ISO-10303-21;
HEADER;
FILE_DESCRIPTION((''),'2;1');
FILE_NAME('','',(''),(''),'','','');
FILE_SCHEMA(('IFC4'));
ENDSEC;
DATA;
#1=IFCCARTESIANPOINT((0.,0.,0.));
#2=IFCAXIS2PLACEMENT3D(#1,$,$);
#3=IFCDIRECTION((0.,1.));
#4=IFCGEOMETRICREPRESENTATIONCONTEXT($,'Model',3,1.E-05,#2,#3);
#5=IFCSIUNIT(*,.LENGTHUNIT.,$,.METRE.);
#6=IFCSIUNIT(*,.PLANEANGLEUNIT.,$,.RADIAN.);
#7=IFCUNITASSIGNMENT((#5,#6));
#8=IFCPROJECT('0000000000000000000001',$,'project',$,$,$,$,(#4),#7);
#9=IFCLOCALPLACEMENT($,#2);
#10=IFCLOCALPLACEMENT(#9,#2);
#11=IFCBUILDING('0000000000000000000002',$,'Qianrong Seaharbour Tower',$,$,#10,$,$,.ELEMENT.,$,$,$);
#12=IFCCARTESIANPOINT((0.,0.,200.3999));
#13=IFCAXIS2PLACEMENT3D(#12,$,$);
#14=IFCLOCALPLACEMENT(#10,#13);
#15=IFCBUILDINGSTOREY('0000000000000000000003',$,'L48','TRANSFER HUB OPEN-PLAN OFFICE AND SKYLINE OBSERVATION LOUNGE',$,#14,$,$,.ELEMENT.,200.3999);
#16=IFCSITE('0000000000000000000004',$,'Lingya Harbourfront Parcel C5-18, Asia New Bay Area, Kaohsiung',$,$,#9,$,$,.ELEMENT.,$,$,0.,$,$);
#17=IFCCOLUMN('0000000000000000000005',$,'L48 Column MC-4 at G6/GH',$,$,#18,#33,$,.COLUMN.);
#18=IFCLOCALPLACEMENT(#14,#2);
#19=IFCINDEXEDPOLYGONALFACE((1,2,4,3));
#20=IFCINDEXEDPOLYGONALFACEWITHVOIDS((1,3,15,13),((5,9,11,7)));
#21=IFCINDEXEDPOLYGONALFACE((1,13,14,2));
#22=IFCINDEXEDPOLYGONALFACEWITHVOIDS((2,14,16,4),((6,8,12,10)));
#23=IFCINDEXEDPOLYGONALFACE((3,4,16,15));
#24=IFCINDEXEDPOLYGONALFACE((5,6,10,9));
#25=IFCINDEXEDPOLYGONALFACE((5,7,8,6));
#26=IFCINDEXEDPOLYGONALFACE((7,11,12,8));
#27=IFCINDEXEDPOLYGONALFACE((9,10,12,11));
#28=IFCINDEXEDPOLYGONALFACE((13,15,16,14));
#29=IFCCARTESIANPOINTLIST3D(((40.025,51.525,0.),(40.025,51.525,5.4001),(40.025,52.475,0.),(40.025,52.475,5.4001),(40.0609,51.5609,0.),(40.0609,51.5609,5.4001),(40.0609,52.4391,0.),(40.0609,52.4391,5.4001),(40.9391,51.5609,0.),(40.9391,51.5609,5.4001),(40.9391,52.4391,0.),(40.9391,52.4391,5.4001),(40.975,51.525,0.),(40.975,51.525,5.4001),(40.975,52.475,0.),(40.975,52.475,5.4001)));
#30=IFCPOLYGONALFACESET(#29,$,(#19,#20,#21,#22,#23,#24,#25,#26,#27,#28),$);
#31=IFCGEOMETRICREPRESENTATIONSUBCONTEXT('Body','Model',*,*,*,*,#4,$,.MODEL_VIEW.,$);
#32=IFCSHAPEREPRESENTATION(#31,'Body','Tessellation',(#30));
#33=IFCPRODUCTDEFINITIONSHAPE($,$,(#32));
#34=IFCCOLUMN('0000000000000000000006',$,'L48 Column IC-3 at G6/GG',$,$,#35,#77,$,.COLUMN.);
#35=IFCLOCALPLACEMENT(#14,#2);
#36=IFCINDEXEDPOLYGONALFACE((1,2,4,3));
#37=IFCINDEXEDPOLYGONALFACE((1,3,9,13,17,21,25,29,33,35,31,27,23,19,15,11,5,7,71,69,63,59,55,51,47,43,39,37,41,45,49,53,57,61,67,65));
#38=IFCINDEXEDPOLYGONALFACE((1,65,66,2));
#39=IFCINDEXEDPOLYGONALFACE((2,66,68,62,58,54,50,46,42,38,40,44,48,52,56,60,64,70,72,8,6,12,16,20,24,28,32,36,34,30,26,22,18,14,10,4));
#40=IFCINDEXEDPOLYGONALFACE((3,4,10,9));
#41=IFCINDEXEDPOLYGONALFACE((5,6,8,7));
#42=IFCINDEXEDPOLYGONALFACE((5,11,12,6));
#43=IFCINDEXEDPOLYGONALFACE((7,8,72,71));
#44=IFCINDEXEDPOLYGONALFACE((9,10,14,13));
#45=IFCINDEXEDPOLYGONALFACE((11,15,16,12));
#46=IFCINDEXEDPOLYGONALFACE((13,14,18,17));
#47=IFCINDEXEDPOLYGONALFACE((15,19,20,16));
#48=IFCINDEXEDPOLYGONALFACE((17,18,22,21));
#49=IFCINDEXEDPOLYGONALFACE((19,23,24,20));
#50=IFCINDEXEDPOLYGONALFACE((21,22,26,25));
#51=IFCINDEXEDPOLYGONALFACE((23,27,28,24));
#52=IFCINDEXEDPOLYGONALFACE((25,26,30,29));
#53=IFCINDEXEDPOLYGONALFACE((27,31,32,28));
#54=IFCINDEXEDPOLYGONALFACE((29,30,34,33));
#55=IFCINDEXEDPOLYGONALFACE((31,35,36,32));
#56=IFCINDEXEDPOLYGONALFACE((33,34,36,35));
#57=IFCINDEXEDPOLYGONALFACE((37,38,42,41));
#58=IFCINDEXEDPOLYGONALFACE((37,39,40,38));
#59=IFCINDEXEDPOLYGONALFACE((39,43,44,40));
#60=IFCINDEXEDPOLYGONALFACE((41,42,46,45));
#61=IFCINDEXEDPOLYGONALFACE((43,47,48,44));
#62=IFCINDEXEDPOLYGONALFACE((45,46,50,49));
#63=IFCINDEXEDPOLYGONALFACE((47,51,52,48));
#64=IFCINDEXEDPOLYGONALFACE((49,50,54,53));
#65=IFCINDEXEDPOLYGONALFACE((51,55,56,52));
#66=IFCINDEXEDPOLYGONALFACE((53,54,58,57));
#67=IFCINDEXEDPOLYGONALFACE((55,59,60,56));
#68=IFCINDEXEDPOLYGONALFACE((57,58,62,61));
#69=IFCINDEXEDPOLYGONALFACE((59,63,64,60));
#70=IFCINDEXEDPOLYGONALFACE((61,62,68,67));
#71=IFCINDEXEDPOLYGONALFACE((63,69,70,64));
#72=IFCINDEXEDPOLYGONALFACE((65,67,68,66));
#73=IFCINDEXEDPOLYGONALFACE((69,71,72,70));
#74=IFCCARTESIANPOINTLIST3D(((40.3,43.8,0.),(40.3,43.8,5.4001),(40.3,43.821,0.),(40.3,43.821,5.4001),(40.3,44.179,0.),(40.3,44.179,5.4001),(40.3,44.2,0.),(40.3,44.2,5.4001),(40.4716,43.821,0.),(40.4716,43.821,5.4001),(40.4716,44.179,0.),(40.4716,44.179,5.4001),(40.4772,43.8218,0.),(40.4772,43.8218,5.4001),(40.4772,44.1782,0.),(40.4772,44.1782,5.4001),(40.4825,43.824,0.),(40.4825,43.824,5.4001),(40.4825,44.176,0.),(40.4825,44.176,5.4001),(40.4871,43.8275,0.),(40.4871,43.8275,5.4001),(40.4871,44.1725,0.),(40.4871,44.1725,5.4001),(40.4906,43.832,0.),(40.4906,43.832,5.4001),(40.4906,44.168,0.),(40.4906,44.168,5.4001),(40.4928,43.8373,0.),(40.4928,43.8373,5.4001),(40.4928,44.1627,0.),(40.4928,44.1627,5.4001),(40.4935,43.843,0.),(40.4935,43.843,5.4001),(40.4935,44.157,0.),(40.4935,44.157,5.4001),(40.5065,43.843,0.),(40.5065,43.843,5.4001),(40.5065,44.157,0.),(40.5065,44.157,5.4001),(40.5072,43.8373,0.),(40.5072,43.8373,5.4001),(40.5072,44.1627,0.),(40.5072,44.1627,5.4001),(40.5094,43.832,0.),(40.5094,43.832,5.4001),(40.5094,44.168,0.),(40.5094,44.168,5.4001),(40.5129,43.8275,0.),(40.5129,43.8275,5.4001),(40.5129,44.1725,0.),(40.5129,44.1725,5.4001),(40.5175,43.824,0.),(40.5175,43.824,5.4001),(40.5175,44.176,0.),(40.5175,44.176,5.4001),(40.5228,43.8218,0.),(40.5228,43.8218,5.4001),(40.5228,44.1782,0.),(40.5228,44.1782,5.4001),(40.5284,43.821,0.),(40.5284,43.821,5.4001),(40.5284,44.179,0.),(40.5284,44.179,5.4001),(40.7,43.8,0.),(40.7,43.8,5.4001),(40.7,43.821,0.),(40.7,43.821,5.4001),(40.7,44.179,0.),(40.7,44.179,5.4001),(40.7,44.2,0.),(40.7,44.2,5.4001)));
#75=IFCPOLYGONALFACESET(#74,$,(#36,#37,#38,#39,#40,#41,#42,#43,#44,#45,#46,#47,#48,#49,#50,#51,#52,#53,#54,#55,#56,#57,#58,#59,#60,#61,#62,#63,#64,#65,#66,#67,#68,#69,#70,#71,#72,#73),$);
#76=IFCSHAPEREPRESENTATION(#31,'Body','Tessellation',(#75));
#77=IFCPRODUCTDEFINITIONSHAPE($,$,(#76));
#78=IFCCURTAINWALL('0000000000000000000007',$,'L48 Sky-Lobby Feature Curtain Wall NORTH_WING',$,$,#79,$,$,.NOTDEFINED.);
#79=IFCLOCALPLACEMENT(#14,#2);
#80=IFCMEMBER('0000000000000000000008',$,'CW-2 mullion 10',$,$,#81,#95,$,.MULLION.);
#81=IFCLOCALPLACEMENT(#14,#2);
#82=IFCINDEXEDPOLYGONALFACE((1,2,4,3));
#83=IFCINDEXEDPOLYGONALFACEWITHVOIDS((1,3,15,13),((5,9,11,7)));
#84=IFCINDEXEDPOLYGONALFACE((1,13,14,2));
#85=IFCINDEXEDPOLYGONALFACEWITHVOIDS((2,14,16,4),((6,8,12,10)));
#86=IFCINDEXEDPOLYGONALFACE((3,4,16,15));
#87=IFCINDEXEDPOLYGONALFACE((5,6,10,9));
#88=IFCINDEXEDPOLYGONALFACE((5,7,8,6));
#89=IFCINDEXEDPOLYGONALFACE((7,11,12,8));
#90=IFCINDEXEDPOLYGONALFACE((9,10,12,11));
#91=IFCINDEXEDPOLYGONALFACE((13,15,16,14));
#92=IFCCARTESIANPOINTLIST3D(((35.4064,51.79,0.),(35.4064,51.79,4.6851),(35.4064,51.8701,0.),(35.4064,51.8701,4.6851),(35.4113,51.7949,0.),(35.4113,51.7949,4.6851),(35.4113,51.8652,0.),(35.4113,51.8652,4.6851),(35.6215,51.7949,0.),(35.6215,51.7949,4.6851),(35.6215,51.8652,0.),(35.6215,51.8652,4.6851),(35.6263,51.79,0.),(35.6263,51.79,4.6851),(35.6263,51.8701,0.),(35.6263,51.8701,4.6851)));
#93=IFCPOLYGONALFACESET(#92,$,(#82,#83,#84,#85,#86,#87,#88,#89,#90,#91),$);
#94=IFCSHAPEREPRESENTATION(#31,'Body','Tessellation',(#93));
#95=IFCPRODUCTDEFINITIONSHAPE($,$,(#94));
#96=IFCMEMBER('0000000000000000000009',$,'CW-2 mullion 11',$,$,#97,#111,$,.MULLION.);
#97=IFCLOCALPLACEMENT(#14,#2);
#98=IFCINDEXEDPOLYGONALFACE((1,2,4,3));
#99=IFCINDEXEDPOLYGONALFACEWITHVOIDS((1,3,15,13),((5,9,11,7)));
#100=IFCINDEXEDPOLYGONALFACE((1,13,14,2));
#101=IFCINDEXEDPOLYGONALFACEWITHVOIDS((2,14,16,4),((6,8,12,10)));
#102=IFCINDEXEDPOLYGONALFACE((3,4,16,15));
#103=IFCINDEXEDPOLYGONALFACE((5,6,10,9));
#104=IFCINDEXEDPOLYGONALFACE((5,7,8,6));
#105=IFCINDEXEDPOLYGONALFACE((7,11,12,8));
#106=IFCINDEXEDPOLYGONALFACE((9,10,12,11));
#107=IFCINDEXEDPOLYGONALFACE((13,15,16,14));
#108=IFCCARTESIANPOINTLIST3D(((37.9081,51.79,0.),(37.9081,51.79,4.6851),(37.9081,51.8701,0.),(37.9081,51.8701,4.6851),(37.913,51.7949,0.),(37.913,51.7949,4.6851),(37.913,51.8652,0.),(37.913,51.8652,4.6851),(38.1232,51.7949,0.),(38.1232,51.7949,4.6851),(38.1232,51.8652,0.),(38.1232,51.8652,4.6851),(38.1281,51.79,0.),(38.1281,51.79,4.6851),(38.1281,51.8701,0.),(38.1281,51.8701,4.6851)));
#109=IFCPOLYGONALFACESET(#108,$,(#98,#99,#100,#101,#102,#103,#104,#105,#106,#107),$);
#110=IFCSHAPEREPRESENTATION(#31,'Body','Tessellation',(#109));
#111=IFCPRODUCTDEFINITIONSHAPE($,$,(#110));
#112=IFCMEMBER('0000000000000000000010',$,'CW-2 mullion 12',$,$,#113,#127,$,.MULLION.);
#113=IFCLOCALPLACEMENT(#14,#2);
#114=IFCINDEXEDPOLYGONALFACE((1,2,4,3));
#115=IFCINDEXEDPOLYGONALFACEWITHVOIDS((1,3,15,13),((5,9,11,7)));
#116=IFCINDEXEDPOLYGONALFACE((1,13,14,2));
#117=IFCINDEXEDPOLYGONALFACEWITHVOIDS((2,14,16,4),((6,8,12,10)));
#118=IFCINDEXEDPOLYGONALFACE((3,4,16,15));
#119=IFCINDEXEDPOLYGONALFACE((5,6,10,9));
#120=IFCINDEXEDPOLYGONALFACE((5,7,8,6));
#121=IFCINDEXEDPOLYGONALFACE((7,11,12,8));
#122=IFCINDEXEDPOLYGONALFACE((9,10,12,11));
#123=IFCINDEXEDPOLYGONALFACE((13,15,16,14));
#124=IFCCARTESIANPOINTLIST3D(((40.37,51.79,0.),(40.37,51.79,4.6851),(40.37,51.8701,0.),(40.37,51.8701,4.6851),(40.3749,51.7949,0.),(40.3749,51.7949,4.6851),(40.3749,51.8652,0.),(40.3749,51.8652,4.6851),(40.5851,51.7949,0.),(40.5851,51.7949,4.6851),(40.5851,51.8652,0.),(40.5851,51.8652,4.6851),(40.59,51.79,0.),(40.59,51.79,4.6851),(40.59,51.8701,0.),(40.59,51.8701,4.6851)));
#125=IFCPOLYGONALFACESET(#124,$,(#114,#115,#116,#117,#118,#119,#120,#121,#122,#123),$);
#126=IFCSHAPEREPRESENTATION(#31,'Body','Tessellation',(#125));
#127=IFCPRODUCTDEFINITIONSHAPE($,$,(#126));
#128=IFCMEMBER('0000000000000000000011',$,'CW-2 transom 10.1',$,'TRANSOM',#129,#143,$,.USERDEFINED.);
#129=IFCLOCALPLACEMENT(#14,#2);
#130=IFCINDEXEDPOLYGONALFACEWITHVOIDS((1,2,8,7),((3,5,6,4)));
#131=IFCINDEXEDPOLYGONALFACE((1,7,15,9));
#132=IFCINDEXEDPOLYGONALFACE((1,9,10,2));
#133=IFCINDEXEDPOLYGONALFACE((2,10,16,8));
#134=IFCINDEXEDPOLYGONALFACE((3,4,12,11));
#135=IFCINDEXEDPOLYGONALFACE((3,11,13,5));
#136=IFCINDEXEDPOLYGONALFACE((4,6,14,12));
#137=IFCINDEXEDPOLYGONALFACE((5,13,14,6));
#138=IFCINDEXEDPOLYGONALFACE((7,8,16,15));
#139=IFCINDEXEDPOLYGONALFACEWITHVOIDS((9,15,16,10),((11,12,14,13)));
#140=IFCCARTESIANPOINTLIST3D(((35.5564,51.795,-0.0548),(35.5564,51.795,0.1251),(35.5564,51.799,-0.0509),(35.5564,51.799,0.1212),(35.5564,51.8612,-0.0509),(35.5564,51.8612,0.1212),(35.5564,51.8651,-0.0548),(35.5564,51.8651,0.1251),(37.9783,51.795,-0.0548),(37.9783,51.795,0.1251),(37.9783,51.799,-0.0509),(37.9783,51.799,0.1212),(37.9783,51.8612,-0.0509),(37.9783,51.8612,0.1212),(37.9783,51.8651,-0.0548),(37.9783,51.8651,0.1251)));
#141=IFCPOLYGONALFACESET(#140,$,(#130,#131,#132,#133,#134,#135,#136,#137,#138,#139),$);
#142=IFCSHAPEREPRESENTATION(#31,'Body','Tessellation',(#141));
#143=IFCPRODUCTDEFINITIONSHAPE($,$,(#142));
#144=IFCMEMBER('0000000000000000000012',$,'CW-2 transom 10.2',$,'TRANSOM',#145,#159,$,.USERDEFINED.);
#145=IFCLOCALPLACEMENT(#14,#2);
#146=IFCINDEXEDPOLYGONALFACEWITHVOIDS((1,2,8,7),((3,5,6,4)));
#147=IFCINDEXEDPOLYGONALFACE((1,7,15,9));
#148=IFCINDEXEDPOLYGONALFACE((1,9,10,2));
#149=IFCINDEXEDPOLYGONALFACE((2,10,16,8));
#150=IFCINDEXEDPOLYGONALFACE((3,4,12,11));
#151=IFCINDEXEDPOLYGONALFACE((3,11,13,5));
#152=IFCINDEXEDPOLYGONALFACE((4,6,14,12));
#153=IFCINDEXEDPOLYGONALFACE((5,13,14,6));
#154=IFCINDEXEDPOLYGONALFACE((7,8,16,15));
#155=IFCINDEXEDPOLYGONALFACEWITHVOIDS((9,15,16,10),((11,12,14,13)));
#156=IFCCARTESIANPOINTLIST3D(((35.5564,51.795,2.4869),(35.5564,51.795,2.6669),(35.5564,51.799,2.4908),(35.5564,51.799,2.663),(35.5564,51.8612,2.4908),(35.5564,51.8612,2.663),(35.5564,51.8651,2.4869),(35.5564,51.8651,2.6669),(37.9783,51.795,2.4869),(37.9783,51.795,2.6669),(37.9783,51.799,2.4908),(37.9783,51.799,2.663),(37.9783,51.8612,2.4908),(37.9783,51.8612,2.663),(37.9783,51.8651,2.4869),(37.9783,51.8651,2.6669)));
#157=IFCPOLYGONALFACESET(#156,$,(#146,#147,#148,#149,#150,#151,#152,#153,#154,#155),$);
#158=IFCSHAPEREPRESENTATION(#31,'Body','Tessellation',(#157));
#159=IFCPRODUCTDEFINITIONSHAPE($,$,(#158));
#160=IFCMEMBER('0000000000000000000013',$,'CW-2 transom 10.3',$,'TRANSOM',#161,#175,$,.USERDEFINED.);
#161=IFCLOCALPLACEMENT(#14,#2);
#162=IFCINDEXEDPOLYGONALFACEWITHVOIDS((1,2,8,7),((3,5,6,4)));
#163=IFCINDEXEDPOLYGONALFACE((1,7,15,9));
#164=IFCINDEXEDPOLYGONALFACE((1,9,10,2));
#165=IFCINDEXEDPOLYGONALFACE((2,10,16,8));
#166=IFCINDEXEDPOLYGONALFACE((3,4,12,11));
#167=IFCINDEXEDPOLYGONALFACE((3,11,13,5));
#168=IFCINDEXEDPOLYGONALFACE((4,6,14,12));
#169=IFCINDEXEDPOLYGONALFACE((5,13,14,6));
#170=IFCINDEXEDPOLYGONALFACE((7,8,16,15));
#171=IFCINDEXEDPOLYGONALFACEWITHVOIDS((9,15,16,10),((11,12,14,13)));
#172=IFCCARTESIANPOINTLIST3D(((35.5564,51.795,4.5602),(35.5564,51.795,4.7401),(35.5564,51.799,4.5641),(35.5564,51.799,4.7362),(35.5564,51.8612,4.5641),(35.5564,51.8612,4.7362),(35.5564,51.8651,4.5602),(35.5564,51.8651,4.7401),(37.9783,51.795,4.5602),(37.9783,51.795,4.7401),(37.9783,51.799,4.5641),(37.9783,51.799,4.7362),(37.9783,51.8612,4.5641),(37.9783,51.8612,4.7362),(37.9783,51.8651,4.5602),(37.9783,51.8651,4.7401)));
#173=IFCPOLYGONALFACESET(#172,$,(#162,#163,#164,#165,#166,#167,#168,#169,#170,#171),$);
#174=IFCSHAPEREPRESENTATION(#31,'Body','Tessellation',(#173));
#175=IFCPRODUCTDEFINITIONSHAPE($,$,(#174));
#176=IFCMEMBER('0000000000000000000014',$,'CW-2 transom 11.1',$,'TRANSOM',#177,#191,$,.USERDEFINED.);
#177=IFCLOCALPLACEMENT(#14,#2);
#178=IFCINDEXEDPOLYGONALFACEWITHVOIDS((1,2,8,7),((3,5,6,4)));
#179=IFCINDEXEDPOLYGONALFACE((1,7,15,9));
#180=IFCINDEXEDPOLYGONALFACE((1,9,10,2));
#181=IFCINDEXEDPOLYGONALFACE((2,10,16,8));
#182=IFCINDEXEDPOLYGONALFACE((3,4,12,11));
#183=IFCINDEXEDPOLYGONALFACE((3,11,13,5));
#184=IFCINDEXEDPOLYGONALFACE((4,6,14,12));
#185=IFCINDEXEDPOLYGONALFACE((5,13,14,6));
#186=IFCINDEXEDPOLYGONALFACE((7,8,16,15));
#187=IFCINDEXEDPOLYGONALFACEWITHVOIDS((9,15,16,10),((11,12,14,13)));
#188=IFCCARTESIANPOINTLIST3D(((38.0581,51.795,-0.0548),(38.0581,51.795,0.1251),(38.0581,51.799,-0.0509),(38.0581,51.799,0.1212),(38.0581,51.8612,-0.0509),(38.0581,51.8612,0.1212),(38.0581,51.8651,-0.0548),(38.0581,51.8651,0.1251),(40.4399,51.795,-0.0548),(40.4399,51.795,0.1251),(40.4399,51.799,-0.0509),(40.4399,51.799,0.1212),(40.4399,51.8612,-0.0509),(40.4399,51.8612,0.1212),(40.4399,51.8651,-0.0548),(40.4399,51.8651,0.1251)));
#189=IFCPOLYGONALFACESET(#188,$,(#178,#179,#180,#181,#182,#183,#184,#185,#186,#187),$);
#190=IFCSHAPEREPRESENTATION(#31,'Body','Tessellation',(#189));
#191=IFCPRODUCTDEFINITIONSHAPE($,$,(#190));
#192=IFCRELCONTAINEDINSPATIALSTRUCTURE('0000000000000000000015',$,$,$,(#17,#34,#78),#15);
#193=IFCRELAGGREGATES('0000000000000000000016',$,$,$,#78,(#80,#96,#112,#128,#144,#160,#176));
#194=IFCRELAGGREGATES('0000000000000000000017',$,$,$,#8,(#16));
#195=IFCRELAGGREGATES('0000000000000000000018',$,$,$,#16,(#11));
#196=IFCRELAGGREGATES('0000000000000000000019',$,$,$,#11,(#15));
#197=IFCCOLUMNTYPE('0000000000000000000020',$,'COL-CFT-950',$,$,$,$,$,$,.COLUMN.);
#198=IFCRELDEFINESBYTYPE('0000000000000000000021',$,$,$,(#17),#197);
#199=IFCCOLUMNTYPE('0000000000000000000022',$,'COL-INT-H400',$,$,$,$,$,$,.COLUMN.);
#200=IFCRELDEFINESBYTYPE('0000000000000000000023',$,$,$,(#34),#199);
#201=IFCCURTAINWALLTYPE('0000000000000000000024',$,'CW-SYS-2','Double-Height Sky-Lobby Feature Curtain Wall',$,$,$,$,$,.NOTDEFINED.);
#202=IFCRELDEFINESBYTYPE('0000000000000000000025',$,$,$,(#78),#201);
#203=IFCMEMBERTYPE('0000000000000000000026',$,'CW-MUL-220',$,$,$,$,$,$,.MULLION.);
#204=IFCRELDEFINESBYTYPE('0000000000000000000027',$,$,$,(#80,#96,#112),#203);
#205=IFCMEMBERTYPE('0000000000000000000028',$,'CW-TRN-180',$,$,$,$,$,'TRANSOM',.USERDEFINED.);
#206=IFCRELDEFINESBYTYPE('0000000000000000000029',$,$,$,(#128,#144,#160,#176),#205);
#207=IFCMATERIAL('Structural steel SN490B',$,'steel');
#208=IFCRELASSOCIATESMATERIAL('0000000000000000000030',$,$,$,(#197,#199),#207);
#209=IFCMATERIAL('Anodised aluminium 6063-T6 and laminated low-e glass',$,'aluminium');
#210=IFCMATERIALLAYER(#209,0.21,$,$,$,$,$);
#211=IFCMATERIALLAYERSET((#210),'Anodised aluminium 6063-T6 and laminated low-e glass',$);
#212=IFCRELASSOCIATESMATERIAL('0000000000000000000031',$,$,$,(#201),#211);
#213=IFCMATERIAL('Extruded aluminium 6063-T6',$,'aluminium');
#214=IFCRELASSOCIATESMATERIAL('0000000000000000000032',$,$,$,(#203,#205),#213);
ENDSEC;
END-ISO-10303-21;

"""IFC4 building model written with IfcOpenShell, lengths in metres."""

from ifc_helpers import new_model, si_unit, direction, frame, origin, origin_2d, place, context, subcontext, project, spatial, hollow_rectangle, i_section, extrude, material, layer, layer_set, material_profile, profile_set, type_object, element, aggregate, save


model = new_model("IFC4")

# Units and contexts
model_context = context("Model", 3, precision=1e-05, world=origin(), true_north=direction((0.0, 1.0)))
body_context = subcontext(model_context, "Body", "Model", "MODEL_VIEW")
ifc_project = project(units=[si_unit("LENGTHUNIT", "METRE"), si_unit("PLANEANGLEUNIT", "RADIAN")], contexts=[model_context])

# Site, building, storey
site_placement = place(None, origin())
site = spatial("IfcSite", under=ifc_project, at=site_placement, Name="Lingya Harbourfront Parcel C5-18, Asia New Bay Area, Kaohsiung", CompositionType="ELEMENT", RefElevation=0.0)
building_placement = place(site_placement, origin())
building = spatial("IfcBuilding", under=site, at=building_placement, Name="Qianrong Seaharbour Tower", CompositionType="ELEMENT")
storey_placement = place(building_placement, frame((0.0, 0.0, 200.3999)))
storey = spatial("IfcBuildingStorey", under=building, at=storey_placement, Name="L48", Description="TRANSFER HUB OPEN-PLAN OFFICE AND SKYLINE OBSERVATION LOUNGE", CompositionType="ELEMENT", Elevation=200.3999)

# Columns
ifc_material_1 = material(Name="Structural steel SN490B", Category="steel")
ifc_material_profile_1 = material_profile(ifc_material_1, hollow_rectangle(XDim=0.95, YDim=0.95, WallThickness=0.0359, at=origin_2d()), Name="BOX950x950x36")
ifc_profile_set_1 = profile_set([ifc_material_profile_1], Name="Structural steel SN490B")
column_type_1 = type_object("IfcColumnType", Name="COL-CFT-950", PredefinedType="COLUMN", material=ifc_profile_set_1)
column_1_placement = place(storey_placement, frame((40.5, 52.0, 0.0), z_axis=(0.0, 0.0, 1.0), x_axis=(1.0, 0.0, 0.0)))
element("IfcColumn", 1, at=column_1_placement, inside=storey, type_object=column_type_1, Name="L48 Column MC-4 at G6/GH", PredefinedType="COLUMN", context=body_context, shape_type="SweptSolid", body=[
    extrude(hollow_rectangle(XDim=0.95, YDim=0.95, WallThickness=0.0359, at=origin_2d()), origin(), (0.0, 0.0, 1.0), 5.4001),
])
ifc_material_profile_2 = material_profile(ifc_material_1, i_section(OverallWidth=0.3999, OverallDepth=0.3999, WebThickness=0.0129, FlangeThickness=0.021, FilletRadius=0.022, at=origin_2d()), Name="H400x400x13x21")
ifc_profile_set_2 = profile_set([ifc_material_profile_2], Name="Structural steel SN490B")
column_type_2 = type_object("IfcColumnType", Name="COL-INT-H400", PredefinedType="COLUMN", material=ifc_profile_set_2)
column_2_placement = place(storey_placement, frame((40.5, 44.0, 0.0), z_axis=(0.0, 0.0, 1.0), x_axis=(1.0, 0.0, 0.0)))
element("IfcColumn", 2, at=column_2_placement, inside=storey, type_object=column_type_2, Name="L48 Column IC-3 at G6/GG", PredefinedType="COLUMN", context=body_context, shape_type="SweptSolid", body=[
    extrude(i_section(OverallWidth=0.3999, OverallDepth=0.3999, WebThickness=0.0129, FlangeThickness=0.021, FilletRadius=0.022, at=origin_2d()), origin(), (0.0, 0.0, 1.0), 5.4001),
])

# Curtain wall, members
ifc_material_2 = material(Name="Anodised aluminium 6063-T6 and laminated low-e glass", Category="aluminium")
ifc_layer_1 = layer(ifc_material_2, 0.21)
ifc_layer_set_1 = layer_set([ifc_layer_1], Name="Anodised aluminium 6063-T6 and laminated low-e glass")
curtain_wall_type = type_object("IfcCurtainWallType", Name="CW-SYS-2", Description="Double-Height Sky-Lobby Feature Curtain Wall", PredefinedType="NOTDEFINED", material=ifc_layer_set_1)
curtain_wall_placement = place(storey_placement, origin())
curtain_wall = element("IfcCurtainWall", 3, at=curtain_wall_placement, inside=storey, type_object=curtain_wall_type, Name="L48 Sky-Lobby Feature Curtain Wall NORTH_WING", PredefinedType="NOTDEFINED")
ifc_material_3 = material(Name="Extruded aluminium 6063-T6", Category="aluminium")
ifc_material_profile_3 = material_profile(ifc_material_3, hollow_rectangle(XDim=0.0801, YDim=0.22, WallThickness=0.0049, at=origin_2d()), Name="ALU-MUL-220x80x5")
ifc_profile_set_3 = profile_set([ifc_material_profile_3], Name="Extruded aluminium 6063-T6")
member_type_1 = type_object("IfcMemberType", Name="CW-MUL-220", PredefinedType="MULLION", material=ifc_profile_set_3)
member_1_placement = place(storey_placement, frame((35.5164, 51.8301, 0.0), z_axis=(0.0, 0.0, 1.0), x_axis=(0.0, 1.0, 0.0)))
member_1 = element("IfcMember", 4, at=member_1_placement, type_object=member_type_1, Name="CW-2 mullion 10", PredefinedType="MULLION", context=body_context, shape_type="SweptSolid", body=[
    extrude(hollow_rectangle(XDim=0.0801, YDim=0.22, WallThickness=0.0049, at=origin_2d()), origin(), (0.0, 0.0, 1.0), 4.6851),
])
member_2_placement = place(storey_placement, frame((38.0181, 51.8301, 0.0), z_axis=(0.0, 0.0, 1.0), x_axis=(0.0, 1.0, 0.0)))
member_2 = element("IfcMember", 5, at=member_2_placement, type_object=member_type_1, Name="CW-2 mullion 11", PredefinedType="MULLION", context=body_context, shape_type="SweptSolid", body=[
    extrude(hollow_rectangle(XDim=0.0801, YDim=0.22, WallThickness=0.0049, at=origin_2d()), origin(), (0.0, 0.0, 1.0), 4.6851),
])
member_3_placement = place(storey_placement, frame((40.48, 51.8301, 0.0), z_axis=(0.0, 0.0, 1.0), x_axis=(0.0, 1.0, 0.0)))
member_3 = element("IfcMember", 6, at=member_3_placement, type_object=member_type_1, Name="CW-2 mullion 12", PredefinedType="MULLION", context=body_context, shape_type="SweptSolid", body=[
    extrude(hollow_rectangle(XDim=0.0801, YDim=0.22, WallThickness=0.0049, at=origin_2d()), origin(), (0.0, 0.0, 1.0), 4.6851),
])
ifc_material_profile_4 = material_profile(ifc_material_3, hollow_rectangle(XDim=0.0701, YDim=0.1799, WallThickness=0.0039, at=origin_2d()), Name="ALU-TRN-180x70x4")
ifc_profile_set_4 = profile_set([ifc_material_profile_4], Name="Extruded aluminium 6063-T6")
member_type_2 = type_object("IfcMemberType", Name="CW-TRN-180", ElementType="TRANSOM", PredefinedType="USERDEFINED", material=ifc_profile_set_4)
member_4_placement = place(storey_placement, frame((35.5564, 51.8301, 0.0352), z_axis=(1.0, 0.0, 0.0), x_axis=(0.0, 1.0, 0.0)))
member_4 = element("IfcMember", 7, at=member_4_placement, type_object=member_type_2, Name="CW-2 transom 10.1", ObjectType="TRANSOM", PredefinedType="USERDEFINED", context=body_context, shape_type="SweptSolid", body=[
    extrude(hollow_rectangle(XDim=0.0701, YDim=0.1799, WallThickness=0.0039, at=origin_2d()), origin(), (0.0, 0.0, 1.0), 2.4219),
])
member_5_placement = place(storey_placement, frame((35.5564, 51.8301, 2.5769), z_axis=(1.0, 0.0, 0.0), x_axis=(0.0, 1.0, 0.0)))
member_5 = element("IfcMember", 8, at=member_5_placement, type_object=member_type_2, Name="CW-2 transom 10.2", ObjectType="TRANSOM", PredefinedType="USERDEFINED", context=body_context, shape_type="SweptSolid", body=[
    extrude(hollow_rectangle(XDim=0.0701, YDim=0.1799, WallThickness=0.0039, at=origin_2d()), origin(), (0.0, 0.0, 1.0), 2.4219),
])
member_6_placement = place(storey_placement, frame((35.5564, 51.8301, 4.6501), z_axis=(1.0, 0.0, 0.0), x_axis=(0.0, 1.0, 0.0)))
member_6 = element("IfcMember", 9, at=member_6_placement, type_object=member_type_2, Name="CW-2 transom 10.3", ObjectType="TRANSOM", PredefinedType="USERDEFINED", context=body_context, shape_type="SweptSolid", body=[
    extrude(hollow_rectangle(XDim=0.0701, YDim=0.1799, WallThickness=0.0039, at=origin_2d()), origin(), (0.0, 0.0, 1.0), 2.4219),
])
member_7_placement = place(storey_placement, frame((38.0581, 51.8301, 0.0352), z_axis=(1.0, 0.0, 0.0), x_axis=(0.0, 1.0, 0.0)))
member_7 = element("IfcMember", 10, at=member_7_placement, type_object=member_type_2, Name="CW-2 transom 11.1", ObjectType="TRANSOM", PredefinedType="USERDEFINED", context=body_context, shape_type="SweptSolid", body=[
    extrude(hollow_rectangle(XDim=0.0701, YDim=0.1799, WallThickness=0.0039, at=origin_2d()), origin(), (0.0, 0.0, 1.0), 2.3818),
])
aggregate(curtain_wall, [member_1, member_2, member_3, member_4, member_5, member_6, member_7])

save(model, "model.ifc")
